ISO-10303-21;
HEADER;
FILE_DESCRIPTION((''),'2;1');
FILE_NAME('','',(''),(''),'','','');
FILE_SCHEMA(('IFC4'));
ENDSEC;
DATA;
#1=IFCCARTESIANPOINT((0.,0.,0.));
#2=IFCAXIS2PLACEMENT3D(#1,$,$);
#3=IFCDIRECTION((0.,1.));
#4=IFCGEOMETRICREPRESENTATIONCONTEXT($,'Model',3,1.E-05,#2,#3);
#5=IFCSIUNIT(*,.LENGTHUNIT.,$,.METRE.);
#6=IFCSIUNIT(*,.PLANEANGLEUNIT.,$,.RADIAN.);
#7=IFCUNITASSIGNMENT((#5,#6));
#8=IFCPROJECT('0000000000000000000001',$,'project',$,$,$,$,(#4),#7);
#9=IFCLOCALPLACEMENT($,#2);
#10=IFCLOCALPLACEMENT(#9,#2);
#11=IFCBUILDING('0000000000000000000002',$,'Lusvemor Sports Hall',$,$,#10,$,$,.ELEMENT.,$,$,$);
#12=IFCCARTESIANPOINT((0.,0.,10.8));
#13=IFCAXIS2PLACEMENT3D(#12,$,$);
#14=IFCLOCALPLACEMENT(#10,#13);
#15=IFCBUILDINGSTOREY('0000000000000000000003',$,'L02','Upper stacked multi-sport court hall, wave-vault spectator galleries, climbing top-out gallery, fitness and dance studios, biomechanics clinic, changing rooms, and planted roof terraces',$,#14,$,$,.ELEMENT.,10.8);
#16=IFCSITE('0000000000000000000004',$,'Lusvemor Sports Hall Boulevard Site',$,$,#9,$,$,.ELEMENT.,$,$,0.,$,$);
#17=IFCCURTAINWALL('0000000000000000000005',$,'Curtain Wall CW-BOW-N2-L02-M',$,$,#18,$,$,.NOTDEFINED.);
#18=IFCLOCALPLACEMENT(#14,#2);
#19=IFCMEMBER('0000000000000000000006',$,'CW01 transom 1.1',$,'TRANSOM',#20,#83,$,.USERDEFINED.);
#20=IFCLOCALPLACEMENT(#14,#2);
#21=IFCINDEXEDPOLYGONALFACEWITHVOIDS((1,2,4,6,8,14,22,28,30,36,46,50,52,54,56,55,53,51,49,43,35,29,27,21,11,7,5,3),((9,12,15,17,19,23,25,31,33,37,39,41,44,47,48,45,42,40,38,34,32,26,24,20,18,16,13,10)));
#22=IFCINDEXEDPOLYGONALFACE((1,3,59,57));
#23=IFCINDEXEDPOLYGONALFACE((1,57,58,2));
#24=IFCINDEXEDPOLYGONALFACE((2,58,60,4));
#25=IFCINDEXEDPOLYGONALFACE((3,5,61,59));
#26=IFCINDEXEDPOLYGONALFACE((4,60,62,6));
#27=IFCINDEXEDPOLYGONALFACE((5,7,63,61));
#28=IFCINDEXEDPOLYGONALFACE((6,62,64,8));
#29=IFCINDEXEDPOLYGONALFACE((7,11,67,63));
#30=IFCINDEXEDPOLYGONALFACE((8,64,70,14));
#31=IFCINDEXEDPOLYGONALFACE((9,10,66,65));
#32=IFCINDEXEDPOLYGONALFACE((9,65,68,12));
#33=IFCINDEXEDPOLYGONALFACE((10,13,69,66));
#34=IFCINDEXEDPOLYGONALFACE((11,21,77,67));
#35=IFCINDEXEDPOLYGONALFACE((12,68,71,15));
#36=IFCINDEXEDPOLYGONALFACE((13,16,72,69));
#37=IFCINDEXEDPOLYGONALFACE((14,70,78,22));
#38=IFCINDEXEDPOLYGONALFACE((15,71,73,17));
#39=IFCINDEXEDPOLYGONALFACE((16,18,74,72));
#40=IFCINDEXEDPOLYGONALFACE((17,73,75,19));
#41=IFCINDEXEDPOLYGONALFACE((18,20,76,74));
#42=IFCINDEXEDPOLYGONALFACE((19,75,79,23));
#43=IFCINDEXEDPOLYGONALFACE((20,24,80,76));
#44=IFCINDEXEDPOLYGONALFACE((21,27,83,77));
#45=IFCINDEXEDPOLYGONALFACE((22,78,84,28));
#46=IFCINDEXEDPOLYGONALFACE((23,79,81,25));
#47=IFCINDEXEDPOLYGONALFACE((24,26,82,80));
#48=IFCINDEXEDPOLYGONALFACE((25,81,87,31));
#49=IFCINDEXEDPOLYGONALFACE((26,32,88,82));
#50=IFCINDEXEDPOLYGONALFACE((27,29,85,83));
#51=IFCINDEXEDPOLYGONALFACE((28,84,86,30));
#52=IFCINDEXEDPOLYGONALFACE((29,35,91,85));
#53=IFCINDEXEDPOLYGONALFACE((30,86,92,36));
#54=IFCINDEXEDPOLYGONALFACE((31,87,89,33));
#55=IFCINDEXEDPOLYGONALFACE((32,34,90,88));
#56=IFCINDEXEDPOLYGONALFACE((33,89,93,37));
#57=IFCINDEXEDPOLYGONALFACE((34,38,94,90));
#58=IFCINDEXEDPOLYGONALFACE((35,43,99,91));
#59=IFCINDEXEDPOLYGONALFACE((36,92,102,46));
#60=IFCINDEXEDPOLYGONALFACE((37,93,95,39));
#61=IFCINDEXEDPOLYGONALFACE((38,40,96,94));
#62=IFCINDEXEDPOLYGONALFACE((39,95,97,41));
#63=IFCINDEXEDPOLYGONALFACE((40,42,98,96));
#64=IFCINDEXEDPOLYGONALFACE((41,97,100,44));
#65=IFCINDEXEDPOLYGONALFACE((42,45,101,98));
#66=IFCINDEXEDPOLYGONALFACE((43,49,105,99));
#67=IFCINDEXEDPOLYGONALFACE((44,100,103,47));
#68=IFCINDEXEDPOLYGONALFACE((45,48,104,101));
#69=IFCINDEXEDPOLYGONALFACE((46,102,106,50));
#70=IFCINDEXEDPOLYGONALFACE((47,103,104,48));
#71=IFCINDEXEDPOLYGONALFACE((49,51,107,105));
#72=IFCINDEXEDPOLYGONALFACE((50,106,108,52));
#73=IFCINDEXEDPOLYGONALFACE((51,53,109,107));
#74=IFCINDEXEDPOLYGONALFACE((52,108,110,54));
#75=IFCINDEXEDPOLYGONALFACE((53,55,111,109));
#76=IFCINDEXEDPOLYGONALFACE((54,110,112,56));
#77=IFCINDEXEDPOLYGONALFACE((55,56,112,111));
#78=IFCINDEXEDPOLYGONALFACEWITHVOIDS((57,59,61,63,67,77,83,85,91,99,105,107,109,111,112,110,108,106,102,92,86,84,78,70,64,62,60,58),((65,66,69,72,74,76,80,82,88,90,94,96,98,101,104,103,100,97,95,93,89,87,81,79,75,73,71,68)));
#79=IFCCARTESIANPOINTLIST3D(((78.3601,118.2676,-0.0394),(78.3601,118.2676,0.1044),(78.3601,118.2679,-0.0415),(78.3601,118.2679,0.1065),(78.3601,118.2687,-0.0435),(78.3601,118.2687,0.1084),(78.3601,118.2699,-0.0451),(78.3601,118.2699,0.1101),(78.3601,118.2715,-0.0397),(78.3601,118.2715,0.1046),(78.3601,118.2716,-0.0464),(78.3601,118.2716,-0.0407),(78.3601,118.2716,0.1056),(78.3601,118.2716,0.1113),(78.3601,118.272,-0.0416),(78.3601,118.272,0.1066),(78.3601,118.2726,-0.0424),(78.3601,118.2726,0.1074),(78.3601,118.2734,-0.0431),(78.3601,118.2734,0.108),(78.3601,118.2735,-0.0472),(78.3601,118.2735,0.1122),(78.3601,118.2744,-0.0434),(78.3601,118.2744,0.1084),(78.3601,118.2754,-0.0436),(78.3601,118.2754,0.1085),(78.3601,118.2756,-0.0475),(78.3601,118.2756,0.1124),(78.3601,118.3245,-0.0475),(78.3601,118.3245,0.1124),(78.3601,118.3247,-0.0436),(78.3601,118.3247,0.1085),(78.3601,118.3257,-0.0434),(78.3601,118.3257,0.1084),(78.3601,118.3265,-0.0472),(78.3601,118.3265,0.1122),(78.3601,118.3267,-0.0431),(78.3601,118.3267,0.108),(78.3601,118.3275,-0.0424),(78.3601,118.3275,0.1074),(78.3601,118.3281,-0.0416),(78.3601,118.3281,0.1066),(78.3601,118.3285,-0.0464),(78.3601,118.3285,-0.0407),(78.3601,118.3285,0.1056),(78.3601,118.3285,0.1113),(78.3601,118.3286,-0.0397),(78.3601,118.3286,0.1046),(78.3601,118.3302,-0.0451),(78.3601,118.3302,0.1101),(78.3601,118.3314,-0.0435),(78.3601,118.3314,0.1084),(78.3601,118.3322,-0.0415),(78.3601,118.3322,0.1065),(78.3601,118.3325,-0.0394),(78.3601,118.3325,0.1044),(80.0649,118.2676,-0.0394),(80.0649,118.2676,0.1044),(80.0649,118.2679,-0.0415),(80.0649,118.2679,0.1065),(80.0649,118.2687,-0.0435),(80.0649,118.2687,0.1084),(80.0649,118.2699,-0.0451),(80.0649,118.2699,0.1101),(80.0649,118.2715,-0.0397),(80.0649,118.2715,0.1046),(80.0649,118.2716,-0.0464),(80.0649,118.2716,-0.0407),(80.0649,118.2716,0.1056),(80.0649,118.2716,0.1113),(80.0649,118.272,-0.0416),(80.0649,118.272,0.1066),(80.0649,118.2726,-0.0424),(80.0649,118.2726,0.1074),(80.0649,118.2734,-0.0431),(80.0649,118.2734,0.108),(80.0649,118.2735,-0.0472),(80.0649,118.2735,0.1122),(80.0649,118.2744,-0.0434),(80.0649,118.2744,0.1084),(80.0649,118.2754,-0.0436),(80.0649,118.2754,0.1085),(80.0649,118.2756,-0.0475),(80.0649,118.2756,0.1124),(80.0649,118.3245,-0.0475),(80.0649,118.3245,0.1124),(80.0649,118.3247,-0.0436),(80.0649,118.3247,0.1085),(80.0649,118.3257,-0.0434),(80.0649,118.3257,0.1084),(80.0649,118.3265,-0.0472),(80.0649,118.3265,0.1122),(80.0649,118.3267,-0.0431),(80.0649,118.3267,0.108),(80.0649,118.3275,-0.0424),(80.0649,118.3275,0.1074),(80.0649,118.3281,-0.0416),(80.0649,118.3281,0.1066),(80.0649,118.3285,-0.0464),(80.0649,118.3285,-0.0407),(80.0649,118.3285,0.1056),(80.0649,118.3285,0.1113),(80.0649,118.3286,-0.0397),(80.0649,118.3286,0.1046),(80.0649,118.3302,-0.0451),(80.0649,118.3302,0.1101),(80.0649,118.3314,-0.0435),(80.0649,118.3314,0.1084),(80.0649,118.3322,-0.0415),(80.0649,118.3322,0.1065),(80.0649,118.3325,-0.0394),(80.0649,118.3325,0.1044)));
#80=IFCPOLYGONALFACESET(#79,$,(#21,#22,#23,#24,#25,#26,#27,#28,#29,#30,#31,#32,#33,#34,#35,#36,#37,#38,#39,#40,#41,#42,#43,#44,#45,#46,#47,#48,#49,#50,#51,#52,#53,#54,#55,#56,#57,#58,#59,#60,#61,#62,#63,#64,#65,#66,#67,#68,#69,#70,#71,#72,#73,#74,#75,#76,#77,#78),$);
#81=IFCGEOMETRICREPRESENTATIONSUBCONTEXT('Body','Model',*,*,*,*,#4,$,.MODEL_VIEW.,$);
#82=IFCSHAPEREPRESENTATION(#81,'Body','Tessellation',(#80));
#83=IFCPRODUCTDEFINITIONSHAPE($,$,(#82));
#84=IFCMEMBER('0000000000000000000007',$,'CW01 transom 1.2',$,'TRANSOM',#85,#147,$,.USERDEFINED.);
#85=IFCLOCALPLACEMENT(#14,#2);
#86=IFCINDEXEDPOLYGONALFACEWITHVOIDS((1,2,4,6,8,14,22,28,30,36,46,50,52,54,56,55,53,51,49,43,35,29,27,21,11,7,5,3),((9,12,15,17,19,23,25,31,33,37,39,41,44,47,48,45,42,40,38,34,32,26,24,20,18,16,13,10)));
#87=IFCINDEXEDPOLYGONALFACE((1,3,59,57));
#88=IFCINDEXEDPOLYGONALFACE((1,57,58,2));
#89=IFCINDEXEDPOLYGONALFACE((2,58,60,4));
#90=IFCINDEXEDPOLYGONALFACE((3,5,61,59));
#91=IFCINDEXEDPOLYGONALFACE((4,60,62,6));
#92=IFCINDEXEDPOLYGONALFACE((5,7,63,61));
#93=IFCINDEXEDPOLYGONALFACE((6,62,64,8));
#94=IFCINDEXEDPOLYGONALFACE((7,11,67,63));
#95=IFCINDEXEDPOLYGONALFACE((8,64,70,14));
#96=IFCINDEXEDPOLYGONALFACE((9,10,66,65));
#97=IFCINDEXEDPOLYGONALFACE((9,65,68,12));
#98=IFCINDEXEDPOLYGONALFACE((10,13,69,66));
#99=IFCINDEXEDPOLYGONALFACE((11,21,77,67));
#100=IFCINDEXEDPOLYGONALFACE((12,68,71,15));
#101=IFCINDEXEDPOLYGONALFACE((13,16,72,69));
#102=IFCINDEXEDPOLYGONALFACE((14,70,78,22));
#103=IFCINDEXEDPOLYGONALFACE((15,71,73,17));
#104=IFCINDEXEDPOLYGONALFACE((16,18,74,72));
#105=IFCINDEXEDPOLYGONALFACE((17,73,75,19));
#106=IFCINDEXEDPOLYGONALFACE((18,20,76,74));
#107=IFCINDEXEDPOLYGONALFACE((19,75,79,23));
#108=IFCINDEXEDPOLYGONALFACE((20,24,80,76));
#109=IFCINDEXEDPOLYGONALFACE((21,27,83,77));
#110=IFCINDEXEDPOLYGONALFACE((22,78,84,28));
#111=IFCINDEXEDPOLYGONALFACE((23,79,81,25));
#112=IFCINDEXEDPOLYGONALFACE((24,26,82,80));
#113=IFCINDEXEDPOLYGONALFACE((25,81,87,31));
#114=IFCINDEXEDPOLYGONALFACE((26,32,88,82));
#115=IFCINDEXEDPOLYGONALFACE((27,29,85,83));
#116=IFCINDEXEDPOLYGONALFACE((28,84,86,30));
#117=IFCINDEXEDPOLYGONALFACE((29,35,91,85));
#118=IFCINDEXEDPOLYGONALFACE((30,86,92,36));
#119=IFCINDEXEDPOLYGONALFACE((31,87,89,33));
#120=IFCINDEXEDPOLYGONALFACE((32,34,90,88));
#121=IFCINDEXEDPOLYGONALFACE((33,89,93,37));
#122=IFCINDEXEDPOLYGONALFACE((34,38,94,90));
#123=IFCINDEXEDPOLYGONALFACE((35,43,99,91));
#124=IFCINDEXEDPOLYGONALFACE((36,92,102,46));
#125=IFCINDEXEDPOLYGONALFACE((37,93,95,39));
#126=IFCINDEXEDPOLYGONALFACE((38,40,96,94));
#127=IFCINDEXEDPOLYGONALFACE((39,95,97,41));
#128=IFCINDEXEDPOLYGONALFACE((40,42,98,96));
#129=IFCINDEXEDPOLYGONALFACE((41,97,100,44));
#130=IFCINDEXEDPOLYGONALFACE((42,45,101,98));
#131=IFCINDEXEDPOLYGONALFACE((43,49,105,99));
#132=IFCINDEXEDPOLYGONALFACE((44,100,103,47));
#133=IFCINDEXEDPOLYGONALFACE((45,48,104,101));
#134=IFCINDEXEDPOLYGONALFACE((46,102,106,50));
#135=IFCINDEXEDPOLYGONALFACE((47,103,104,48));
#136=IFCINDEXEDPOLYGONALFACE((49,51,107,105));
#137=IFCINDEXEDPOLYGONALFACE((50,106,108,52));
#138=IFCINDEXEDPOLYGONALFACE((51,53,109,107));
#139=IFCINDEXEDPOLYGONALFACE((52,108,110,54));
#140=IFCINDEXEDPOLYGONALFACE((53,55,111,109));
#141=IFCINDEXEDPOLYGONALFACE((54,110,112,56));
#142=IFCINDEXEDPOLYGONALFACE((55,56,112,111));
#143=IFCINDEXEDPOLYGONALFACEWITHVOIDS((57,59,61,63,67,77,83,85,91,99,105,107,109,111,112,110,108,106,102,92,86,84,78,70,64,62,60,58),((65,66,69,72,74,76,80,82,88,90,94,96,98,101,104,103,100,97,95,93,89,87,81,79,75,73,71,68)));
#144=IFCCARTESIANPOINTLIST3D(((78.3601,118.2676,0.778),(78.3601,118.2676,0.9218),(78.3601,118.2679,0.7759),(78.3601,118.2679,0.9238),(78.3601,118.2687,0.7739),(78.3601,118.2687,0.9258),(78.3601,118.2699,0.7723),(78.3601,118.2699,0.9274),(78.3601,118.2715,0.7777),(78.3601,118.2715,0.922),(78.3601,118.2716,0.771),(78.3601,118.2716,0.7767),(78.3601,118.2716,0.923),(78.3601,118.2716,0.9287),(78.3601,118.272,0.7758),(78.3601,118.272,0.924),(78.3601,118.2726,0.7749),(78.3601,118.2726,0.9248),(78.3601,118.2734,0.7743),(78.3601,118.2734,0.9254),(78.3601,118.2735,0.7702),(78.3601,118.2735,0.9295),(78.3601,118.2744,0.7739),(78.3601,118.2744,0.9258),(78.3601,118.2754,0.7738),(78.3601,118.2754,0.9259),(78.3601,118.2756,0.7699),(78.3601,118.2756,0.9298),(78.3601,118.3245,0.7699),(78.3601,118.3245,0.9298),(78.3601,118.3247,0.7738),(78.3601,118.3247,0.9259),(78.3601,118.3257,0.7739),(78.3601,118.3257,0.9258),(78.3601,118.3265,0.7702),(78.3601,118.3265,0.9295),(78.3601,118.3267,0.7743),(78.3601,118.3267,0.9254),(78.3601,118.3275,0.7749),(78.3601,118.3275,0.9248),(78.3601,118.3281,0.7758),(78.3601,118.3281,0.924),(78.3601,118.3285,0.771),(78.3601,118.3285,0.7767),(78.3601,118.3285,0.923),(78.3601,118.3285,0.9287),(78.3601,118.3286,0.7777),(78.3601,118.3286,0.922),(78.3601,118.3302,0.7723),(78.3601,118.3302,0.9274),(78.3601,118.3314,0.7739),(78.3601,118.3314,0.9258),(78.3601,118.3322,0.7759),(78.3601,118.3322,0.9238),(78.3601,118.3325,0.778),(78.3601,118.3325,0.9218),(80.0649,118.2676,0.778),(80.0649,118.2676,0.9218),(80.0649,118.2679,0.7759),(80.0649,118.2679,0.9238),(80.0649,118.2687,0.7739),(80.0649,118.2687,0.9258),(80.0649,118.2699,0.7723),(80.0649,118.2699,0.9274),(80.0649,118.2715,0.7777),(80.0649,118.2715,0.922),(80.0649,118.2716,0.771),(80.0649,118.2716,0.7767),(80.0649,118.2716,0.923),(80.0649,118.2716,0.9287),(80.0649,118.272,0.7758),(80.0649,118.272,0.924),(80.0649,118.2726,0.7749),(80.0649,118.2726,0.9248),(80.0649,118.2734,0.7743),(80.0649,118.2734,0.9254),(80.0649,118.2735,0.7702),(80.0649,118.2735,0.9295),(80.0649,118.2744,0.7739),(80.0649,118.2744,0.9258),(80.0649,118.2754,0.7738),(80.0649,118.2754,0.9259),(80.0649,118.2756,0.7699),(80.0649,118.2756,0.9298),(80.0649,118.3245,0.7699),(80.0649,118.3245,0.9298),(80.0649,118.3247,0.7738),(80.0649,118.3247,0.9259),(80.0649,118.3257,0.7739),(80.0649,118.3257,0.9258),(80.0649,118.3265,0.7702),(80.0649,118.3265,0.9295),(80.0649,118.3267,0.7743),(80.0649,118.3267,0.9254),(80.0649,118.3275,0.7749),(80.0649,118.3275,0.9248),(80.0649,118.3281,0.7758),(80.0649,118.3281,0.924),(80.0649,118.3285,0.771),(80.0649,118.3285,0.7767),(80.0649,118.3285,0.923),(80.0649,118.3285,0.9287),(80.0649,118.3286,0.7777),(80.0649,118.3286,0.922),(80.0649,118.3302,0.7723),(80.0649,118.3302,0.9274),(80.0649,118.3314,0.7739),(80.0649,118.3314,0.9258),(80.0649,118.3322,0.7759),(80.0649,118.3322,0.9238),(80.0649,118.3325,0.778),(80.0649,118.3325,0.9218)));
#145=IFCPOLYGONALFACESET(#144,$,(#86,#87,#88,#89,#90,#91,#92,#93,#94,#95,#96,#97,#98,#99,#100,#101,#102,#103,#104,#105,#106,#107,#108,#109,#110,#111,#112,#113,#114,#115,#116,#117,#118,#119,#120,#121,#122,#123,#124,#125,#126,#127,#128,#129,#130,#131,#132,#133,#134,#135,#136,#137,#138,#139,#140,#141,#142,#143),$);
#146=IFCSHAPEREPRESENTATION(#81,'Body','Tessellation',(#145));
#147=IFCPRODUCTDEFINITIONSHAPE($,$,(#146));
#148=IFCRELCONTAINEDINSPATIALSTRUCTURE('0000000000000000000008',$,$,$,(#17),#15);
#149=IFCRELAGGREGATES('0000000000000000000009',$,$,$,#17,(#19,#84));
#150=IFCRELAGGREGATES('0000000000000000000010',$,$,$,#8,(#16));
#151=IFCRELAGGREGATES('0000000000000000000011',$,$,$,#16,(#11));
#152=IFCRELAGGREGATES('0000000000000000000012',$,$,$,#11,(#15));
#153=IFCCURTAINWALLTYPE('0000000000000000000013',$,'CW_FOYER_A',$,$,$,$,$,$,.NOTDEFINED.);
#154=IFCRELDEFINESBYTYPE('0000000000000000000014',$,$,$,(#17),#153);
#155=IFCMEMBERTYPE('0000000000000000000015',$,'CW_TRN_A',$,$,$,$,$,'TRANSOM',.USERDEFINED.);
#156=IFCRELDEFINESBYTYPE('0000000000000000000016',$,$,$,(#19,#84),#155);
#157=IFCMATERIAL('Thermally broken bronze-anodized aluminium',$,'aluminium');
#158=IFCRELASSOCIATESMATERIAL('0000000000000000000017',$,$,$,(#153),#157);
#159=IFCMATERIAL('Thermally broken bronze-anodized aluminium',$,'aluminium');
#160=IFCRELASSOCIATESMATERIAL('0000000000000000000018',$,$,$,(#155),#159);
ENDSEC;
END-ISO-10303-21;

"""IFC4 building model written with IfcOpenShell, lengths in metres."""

from ifc_helpers import new_model, si_unit, direction, frame, origin, origin_2d, place, context, subcontext, project, spatial, hollow_rectangle, extrude, material, material_profile, profile_set, type_object, element, aggregate, save


model = new_model("IFC4")

# Units and contexts
model_context = context("Model", 3, precision=1e-05, world=origin(), true_north=direction((0.0, 1.0)))
body_context = subcontext(model_context, "Body", "Model", "MODEL_VIEW")
ifc_project = project(units=[si_unit("LENGTHUNIT", "METRE"), si_unit("PLANEANGLEUNIT", "RADIAN")], contexts=[model_context])

# Site, building, storey
site_placement = place(None, origin())
site = spatial("IfcSite", under=ifc_project, at=site_placement, Name="Lusvemor Sports Hall Boulevard Site", CompositionType="ELEMENT", RefElevation=0.0)
building_placement = place(site_placement, origin())
building = spatial("IfcBuilding", under=site, at=building_placement, Name="Lusvemor Sports Hall", CompositionType="ELEMENT")
storey_placement = place(building_placement, frame((0.0, 0.0, 10.8)))
storey = spatial("IfcBuildingStorey", under=building, at=storey_placement, Name="L02", Description="Upper stacked multi-sport court hall, wave-vault spectator galleries, climbing top-out gallery, fitness and dance studios, biomechanics clinic, changing rooms, and planted roof terraces", CompositionType="ELEMENT", Elevation=10.8)

# Curtain wall
ifc_material_1 = material(Name="Thermally broken bronze-anodized aluminium", Category="aluminium")
curtain_wall_type_1 = type_object("IfcCurtainWallType", Name="CW_FOYER_A", PredefinedType="NOTDEFINED", material=ifc_material_1)
curtain_wall_1_placement = place(storey_placement, origin())
curtain_wall_1 = element("IfcCurtainWall", 1, at=curtain_wall_1_placement, inside=storey, type_object=curtain_wall_type_1, Name="Curtain Wall CW-BOW-N2-L02-M", PredefinedType="NOTDEFINED")

# Members
ifc_material_2 = material(Name="Thermally broken bronze-anodized aluminium", Category="aluminium")
ifc_material_profile_1 = material_profile(ifc_material_2, hollow_rectangle(XDim=0.0649, YDim=0.1599, WallThickness=0.0039, InnerFilletRadius=0.0039, OuterFilletRadius=0.0081, at=origin_2d()), Name="CWTRN160x65x4")
ifc_profile_set_1 = profile_set([ifc_material_profile_1], Name="Thermally broken bronze-anodized aluminium")
member_type_1 = type_object("IfcMemberType", Name="CW_TRN_A", ElementType="TRANSOM", PredefinedType="USERDEFINED", material=ifc_profile_set_1)
member_1_placement = place(storey_placement, frame((78.3601, 118.3, 0.0325), z_axis=(1.0, 0.0, 0.0), x_axis=(0.0, 1.0, 0.0)))
member_1 = element("IfcMember", 2, at=member_1_placement, type_object=member_type_1, Name="CW01 transom 1.1", ObjectType="TRANSOM", PredefinedType="USERDEFINED", context=body_context, shape_type="SweptSolid", body=[
    extrude(hollow_rectangle(XDim=0.0649, YDim=0.1599, WallThickness=0.0039, InnerFilletRadius=0.0039, OuterFilletRadius=0.0081, at=origin_2d()), origin(), (0.0, 0.0, 1.0), 1.7048),
])
member_2_placement = place(storey_placement, frame((78.3601, 118.3, 0.8499), z_axis=(1.0, 0.0, 0.0), x_axis=(0.0, 1.0, 0.0)))
member_2 = element("IfcMember", 3, at=member_2_placement, type_object=member_type_1, Name="CW01 transom 1.2", ObjectType="TRANSOM", PredefinedType="USERDEFINED", context=body_context, shape_type="SweptSolid", body=[
    extrude(hollow_rectangle(XDim=0.0649, YDim=0.1599, WallThickness=0.0039, InnerFilletRadius=0.0039, OuterFilletRadius=0.0081, at=origin_2d()), origin(), (0.0, 0.0, 1.0), 1.7048),
])

aggregate(curtain_wall_1, [member_1, member_2])

save(model, "model.ifc")
